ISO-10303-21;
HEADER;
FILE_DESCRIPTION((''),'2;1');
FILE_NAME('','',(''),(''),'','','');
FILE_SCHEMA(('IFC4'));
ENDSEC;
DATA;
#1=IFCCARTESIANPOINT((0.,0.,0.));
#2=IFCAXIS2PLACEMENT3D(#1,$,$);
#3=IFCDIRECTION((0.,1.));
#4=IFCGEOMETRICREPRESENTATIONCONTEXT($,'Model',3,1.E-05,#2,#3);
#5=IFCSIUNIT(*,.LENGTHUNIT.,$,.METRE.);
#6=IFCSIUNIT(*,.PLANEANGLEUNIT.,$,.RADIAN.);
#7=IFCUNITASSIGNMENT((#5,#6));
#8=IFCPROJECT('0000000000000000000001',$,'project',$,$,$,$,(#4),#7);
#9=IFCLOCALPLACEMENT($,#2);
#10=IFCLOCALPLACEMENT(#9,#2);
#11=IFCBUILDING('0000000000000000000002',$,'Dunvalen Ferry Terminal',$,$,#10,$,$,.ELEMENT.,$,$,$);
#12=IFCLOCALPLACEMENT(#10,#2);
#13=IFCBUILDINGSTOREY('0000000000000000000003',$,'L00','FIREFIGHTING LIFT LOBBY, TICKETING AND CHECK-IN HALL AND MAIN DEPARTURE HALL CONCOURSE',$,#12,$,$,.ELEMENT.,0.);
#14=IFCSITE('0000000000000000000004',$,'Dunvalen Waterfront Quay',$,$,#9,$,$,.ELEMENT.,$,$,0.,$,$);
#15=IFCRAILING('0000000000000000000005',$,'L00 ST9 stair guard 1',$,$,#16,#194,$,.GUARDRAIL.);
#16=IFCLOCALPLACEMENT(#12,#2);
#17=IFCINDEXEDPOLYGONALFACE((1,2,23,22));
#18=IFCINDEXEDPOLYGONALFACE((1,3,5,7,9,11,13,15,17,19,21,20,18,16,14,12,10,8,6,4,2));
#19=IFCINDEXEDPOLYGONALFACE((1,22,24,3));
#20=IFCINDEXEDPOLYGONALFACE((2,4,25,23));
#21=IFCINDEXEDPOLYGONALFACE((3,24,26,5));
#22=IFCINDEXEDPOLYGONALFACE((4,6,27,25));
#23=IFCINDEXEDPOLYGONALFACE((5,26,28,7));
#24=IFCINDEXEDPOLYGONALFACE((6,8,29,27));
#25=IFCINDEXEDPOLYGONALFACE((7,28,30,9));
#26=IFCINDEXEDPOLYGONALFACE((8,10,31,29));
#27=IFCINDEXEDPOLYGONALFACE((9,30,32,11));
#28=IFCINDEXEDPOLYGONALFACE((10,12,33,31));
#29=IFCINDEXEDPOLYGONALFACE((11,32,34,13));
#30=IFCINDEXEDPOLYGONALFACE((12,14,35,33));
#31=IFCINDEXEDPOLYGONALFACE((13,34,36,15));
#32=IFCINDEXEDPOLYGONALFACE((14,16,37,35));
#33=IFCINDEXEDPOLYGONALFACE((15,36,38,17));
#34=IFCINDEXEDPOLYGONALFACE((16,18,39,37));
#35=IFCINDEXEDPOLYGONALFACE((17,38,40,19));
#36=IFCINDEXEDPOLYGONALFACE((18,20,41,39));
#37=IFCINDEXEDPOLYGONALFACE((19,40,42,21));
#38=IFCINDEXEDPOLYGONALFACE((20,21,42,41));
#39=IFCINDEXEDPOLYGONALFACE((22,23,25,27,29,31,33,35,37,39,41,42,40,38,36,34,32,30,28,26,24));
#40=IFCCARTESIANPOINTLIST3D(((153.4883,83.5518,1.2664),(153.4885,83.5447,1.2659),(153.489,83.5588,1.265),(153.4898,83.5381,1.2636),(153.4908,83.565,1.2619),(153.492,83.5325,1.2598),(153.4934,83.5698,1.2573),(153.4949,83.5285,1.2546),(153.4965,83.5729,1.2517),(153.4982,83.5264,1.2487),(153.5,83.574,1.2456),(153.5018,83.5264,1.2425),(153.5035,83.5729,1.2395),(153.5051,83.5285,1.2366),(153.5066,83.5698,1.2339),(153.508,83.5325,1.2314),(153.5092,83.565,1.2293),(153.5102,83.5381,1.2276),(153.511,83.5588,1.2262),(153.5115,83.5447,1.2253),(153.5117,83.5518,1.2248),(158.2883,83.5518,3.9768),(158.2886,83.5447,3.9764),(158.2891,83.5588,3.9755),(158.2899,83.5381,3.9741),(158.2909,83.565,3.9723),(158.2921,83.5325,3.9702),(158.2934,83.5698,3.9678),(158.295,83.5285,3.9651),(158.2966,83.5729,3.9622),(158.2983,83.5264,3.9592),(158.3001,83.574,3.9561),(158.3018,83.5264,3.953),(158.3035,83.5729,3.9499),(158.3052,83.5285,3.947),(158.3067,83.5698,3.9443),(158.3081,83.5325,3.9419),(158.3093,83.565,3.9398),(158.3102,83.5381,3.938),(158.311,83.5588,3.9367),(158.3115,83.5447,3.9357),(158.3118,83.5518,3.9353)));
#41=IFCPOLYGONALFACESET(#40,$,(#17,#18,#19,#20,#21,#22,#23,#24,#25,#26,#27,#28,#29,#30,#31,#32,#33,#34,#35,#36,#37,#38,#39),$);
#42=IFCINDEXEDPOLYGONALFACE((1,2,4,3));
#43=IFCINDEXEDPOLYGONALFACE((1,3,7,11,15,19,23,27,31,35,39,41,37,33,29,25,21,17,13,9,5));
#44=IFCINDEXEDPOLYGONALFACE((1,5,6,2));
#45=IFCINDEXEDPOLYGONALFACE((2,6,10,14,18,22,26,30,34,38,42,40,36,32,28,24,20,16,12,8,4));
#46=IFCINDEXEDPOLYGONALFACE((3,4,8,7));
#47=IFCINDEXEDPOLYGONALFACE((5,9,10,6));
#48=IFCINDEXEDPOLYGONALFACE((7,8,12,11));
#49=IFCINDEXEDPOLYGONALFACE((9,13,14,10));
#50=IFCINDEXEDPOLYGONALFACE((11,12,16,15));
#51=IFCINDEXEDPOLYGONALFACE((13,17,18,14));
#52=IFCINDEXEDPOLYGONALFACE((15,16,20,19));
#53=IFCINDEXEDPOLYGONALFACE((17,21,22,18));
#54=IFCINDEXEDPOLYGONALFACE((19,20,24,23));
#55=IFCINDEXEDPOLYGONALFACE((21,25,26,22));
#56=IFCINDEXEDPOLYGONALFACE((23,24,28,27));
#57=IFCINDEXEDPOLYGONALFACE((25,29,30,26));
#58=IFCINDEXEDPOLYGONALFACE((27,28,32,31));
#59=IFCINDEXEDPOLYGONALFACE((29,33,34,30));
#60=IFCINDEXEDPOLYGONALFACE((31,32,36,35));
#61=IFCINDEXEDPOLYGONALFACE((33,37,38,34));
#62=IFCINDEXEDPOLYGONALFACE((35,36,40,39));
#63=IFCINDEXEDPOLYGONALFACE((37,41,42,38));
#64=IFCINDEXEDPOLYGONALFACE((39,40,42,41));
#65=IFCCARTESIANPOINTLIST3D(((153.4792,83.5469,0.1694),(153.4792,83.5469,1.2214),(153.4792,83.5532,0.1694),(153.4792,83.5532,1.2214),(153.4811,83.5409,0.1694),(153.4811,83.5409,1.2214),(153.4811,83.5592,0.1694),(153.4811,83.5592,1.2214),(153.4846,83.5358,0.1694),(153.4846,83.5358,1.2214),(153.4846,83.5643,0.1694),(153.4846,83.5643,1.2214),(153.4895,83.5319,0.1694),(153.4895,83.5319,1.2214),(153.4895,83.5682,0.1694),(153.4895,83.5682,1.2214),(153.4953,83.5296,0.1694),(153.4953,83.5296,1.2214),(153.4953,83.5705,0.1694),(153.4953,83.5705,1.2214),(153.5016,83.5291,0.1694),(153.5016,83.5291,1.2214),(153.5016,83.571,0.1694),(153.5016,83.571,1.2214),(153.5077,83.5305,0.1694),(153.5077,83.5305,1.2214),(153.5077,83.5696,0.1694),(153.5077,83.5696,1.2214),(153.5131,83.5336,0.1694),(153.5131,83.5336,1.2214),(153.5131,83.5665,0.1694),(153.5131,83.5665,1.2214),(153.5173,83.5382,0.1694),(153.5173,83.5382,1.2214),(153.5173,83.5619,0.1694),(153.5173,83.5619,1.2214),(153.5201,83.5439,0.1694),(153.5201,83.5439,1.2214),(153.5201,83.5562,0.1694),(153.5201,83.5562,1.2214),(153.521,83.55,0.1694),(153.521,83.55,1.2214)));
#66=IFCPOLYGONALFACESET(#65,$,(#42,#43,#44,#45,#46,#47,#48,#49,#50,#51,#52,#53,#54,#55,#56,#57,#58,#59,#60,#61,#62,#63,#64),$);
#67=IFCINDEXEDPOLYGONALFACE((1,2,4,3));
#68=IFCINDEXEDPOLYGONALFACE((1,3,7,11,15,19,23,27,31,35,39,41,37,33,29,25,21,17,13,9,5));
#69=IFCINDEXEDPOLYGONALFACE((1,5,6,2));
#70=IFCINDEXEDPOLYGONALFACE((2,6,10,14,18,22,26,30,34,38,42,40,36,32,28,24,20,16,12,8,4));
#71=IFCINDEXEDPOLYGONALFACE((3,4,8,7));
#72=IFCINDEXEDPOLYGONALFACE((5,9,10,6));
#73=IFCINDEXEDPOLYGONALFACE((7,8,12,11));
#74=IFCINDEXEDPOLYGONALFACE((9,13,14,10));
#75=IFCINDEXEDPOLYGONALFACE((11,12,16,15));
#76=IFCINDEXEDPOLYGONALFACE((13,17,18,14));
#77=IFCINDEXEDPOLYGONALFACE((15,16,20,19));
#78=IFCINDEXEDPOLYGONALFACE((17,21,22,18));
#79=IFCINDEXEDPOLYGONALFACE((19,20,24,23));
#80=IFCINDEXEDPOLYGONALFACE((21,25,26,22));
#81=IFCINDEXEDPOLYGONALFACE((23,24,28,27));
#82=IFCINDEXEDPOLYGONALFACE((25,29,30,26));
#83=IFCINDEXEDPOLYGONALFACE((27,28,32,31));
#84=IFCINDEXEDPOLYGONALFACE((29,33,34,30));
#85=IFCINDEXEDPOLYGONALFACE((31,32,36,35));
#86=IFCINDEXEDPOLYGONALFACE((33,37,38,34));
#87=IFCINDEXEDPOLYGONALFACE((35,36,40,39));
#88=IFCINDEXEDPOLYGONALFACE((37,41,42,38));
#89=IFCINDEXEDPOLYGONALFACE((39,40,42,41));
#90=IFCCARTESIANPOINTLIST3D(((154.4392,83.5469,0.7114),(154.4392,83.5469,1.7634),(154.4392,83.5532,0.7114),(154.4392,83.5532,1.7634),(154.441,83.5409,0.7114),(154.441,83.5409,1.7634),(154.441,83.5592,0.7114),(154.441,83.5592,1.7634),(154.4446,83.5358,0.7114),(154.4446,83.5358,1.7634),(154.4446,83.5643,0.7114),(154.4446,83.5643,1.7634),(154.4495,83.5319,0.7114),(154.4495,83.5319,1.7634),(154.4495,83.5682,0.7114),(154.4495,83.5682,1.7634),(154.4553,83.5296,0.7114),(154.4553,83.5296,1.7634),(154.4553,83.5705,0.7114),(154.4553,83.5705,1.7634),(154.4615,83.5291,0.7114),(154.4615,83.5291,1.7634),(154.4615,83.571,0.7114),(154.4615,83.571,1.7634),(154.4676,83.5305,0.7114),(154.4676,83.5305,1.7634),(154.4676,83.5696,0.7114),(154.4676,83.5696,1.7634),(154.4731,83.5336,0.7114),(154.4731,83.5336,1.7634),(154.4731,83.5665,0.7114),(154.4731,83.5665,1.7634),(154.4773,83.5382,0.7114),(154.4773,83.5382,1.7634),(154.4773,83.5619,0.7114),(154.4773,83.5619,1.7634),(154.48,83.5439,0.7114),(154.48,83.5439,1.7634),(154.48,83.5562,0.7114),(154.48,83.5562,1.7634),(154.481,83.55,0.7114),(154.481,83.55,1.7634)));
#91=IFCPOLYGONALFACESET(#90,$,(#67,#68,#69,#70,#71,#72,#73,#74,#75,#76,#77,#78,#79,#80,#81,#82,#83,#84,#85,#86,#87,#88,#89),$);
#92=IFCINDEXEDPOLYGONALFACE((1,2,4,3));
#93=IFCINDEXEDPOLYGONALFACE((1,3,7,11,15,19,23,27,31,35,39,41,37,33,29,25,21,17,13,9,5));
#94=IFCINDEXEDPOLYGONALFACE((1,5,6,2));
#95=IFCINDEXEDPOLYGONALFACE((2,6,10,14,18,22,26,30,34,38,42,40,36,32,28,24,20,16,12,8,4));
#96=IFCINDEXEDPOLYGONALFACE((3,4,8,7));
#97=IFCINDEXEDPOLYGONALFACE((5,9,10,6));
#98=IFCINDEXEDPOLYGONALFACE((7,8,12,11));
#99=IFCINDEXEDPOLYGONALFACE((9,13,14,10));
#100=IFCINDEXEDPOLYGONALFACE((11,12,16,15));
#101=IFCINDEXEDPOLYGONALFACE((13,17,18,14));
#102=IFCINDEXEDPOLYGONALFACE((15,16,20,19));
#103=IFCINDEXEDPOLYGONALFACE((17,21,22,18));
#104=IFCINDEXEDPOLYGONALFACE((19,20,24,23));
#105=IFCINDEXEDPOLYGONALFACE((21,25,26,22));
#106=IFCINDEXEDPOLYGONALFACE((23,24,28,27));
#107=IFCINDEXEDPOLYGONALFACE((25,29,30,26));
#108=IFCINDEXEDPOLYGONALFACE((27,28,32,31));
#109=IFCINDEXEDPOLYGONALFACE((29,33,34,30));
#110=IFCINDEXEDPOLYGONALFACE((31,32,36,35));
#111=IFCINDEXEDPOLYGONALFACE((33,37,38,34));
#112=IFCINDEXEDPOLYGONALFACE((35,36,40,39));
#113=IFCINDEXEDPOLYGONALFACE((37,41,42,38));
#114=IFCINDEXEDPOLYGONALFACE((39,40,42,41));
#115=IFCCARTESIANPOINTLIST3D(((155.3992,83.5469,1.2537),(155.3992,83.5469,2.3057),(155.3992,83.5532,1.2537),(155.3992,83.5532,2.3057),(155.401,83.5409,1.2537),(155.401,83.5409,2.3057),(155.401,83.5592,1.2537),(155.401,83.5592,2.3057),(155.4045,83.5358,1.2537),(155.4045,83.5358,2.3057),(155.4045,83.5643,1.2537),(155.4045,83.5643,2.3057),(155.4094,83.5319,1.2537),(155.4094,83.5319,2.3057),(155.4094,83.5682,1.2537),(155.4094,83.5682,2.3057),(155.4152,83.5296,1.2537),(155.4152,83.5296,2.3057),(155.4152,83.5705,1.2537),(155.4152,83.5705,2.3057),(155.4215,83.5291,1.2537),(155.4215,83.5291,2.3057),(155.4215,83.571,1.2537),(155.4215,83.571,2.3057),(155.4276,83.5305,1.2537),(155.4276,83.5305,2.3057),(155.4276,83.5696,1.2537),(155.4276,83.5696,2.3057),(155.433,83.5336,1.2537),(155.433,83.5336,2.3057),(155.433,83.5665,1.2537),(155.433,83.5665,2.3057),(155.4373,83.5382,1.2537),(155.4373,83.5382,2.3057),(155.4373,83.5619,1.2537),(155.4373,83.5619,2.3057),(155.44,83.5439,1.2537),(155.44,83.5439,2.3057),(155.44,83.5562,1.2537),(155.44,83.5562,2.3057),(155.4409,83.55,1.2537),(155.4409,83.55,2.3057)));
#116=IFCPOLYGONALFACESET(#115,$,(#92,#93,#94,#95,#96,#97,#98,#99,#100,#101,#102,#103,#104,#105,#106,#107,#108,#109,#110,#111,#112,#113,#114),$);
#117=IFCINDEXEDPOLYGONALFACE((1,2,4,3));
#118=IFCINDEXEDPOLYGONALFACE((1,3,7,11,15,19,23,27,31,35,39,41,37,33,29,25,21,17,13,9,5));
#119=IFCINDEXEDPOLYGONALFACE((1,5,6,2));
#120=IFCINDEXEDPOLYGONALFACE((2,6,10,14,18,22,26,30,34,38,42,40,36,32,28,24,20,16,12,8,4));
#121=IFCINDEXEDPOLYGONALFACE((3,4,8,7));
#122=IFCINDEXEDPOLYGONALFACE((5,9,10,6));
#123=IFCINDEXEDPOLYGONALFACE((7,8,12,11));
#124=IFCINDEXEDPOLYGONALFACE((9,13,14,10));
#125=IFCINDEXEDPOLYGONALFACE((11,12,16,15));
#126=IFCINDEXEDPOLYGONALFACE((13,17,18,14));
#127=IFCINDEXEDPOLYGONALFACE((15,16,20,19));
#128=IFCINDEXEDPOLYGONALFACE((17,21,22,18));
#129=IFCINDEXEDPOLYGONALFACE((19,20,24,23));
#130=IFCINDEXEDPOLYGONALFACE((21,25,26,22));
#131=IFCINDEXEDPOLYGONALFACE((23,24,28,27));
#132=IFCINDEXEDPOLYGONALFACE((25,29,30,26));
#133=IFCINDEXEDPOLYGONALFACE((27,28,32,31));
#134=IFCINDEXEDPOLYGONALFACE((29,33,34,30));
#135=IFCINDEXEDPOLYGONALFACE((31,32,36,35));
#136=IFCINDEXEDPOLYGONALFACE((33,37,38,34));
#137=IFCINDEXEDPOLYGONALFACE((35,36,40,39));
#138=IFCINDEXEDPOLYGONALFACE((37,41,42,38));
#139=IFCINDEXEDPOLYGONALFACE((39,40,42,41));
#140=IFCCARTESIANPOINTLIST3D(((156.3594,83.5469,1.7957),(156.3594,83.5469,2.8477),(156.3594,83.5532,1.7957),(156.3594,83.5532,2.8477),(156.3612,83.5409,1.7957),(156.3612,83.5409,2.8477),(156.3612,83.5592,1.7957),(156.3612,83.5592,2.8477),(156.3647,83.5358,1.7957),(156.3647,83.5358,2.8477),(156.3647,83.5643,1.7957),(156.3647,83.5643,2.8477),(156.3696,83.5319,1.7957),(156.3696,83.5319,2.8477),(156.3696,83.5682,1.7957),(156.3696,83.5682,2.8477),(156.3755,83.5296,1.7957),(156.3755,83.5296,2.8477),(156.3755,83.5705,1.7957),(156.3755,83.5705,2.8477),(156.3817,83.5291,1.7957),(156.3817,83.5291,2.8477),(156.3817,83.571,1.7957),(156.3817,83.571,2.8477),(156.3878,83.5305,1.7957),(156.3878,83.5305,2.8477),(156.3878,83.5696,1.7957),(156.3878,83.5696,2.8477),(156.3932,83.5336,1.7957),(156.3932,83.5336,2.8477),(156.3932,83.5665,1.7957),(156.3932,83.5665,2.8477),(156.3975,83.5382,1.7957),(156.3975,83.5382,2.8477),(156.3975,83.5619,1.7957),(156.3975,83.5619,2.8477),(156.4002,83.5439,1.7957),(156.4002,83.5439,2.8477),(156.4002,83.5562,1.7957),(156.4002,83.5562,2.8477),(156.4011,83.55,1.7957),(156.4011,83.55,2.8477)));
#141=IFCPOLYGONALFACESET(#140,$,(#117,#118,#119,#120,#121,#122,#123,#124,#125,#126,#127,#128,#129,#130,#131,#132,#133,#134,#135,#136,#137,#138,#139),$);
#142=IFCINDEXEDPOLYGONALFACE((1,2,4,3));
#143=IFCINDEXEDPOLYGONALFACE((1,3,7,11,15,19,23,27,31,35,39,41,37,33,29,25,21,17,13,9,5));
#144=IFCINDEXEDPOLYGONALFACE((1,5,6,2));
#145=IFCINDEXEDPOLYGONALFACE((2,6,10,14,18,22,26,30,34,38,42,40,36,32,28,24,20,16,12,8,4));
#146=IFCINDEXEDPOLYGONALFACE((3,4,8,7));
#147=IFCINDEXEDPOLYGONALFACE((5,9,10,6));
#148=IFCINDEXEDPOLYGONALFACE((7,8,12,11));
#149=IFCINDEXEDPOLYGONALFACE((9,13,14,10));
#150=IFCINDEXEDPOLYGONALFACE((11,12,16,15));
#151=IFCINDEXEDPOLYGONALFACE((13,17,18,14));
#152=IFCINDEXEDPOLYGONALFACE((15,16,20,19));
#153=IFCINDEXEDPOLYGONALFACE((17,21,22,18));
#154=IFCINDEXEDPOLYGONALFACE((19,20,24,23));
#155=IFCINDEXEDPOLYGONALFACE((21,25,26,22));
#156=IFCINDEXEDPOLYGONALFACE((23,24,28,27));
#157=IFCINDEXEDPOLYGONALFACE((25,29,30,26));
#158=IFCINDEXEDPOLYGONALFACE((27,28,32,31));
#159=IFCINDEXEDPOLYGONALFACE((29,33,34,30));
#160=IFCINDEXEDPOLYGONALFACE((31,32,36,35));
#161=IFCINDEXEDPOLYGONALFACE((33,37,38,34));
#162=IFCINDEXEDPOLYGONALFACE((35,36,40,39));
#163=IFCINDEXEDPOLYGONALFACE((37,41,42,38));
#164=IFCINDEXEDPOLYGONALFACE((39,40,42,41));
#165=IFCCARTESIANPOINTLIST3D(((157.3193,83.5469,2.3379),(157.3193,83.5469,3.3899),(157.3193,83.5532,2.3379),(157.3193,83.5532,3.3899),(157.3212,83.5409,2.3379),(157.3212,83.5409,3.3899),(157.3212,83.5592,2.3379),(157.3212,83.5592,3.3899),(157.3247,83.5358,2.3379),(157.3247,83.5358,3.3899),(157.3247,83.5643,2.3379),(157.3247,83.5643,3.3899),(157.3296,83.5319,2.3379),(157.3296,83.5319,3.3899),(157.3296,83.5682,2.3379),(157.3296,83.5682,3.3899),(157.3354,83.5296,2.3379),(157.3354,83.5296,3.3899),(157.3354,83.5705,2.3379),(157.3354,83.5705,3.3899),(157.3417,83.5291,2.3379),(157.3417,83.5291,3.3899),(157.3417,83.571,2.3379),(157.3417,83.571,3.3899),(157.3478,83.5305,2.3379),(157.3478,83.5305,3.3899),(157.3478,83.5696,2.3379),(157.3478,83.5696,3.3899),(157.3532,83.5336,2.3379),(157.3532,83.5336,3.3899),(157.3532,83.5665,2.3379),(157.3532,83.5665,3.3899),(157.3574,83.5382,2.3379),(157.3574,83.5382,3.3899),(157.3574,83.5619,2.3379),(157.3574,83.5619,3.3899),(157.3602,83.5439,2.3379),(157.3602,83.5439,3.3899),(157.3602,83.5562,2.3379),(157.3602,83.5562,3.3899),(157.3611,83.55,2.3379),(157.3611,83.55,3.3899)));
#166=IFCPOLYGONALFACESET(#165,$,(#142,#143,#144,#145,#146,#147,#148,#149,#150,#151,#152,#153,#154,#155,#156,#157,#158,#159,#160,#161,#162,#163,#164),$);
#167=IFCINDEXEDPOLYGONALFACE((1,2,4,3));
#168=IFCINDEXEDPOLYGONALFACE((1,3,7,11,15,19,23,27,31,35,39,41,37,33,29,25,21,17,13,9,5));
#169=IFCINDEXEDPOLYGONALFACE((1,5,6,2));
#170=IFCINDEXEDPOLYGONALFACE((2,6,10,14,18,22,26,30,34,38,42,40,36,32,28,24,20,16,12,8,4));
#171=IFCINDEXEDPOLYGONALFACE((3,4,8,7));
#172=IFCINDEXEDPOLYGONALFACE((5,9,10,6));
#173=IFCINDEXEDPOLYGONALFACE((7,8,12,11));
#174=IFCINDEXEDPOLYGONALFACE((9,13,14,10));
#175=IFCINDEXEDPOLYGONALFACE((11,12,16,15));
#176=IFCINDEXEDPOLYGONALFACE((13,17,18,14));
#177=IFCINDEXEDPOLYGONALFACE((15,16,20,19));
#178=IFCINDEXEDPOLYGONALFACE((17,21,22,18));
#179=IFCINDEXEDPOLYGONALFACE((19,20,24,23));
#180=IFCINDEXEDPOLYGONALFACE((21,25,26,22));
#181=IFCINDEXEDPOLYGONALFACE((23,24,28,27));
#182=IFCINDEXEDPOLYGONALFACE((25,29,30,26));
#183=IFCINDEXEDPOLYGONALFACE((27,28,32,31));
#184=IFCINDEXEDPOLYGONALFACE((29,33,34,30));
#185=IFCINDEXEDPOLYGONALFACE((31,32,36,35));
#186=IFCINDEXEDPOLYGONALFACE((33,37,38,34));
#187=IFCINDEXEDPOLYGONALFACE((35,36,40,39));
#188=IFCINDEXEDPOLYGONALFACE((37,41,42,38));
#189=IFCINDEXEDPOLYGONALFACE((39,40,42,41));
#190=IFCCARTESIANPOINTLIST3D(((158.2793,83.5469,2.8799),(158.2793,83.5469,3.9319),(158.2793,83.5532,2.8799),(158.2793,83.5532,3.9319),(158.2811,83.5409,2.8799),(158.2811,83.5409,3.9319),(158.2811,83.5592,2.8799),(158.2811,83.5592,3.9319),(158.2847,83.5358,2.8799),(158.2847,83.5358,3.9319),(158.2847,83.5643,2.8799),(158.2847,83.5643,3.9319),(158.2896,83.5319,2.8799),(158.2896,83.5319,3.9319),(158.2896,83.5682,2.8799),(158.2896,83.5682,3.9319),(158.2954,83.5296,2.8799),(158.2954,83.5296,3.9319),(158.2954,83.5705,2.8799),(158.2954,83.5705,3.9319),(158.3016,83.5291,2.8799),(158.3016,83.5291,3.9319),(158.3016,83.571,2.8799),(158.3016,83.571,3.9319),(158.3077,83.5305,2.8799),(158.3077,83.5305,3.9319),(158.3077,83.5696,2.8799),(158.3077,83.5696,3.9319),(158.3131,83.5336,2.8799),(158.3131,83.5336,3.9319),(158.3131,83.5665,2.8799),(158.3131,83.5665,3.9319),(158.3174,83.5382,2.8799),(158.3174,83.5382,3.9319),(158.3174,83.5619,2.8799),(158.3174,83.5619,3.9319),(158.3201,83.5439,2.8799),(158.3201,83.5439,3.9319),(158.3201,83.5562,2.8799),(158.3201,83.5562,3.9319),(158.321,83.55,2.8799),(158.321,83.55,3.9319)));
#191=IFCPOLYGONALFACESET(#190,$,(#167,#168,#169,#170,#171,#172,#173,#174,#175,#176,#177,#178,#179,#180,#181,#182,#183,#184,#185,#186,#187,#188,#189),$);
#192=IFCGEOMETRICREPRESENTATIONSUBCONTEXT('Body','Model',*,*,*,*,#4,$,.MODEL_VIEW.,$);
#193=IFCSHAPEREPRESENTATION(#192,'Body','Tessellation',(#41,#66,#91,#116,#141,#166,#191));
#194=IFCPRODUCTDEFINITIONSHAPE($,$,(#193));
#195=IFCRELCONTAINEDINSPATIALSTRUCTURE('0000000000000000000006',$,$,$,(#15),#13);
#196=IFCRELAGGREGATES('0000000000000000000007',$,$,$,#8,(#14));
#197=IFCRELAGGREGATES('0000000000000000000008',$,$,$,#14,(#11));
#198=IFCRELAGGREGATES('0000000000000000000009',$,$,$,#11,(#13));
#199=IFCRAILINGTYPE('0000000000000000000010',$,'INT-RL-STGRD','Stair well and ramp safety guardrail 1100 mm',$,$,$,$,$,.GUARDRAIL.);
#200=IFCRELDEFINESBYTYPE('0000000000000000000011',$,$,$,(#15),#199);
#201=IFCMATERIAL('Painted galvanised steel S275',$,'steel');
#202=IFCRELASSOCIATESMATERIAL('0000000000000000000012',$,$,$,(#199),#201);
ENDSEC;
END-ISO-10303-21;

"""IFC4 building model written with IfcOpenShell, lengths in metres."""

from ifc_helpers import new_model, si_unit, direction, frame, origin, origin_2d, place, context, subcontext, project, spatial, circle, extrude, material, type_object, element, save


model = new_model("IFC4")

# Units and contexts
model_context = context("Model", 3, precision=1e-05, world=origin(), true_north=direction((0.0, 1.0)))
body_context = subcontext(model_context, "Body", "Model", "MODEL_VIEW")
ifc_project = project(units=[si_unit("LENGTHUNIT", "METRE"), si_unit("PLANEANGLEUNIT", "RADIAN")], contexts=[model_context])

# Site, building, storey
site_placement = place(None, origin())
site = spatial("IfcSite", under=ifc_project, at=site_placement, Name="Dunvalen Waterfront Quay", CompositionType="ELEMENT", RefElevation=0.0)
building_placement = place(site_placement, origin())
building = spatial("IfcBuilding", under=site, at=building_placement, Name="Dunvalen Ferry Terminal", CompositionType="ELEMENT")
storey_placement = place(building_placement, origin())
storey = spatial("IfcBuildingStorey", under=building, at=storey_placement, Name="L00", Description="FIREFIGHTING LIFT LOBBY, TICKETING AND CHECK-IN HALL AND MAIN DEPARTURE HALL CONCOURSE", CompositionType="ELEMENT", Elevation=0.0)

# Railing
ifc_material_1 = material(Name="Painted galvanised steel S275", Category="steel")
railing_type_1 = type_object("IfcRailingType", Name="INT-RL-STGRD", Description="Stair well and ramp safety guardrail 1100 mm", PredefinedType="GUARDRAIL", material=ifc_material_1)
railing_1_placement = place(storey_placement, frame((153.5, 83.55, 0.1694)))
element("IfcRailing", 1, at=railing_1_placement, inside=storey, type_object=railing_type_1, Name="L00 ST9 stair guard 1", PredefinedType="GUARDRAIL", context=body_context, shape_type="SweptSolid", body=[
    extrude(circle(Radius=0.0239, at=origin_2d()), frame((0.0, 0.0, 1.0762), z_axis=(0.870767, 0.0, 0.491697), x_axis=(0.0, 1.0, 0.0)), (0.0, 0.0, 1.0), 5.5125),
    extrude(circle(Radius=0.021, at=origin_2d()), origin(), (0.0, 0.0, 1.0), 1.052),
    extrude(circle(Radius=0.021, at=origin_2d()), frame((0.96, 0.0, 0.542)), (0.0, 0.0, 1.0), 1.052),
    extrude(circle(Radius=0.021, at=origin_2d()), frame((1.9199, 0.0, 1.0842)), (0.0, 0.0, 1.0), 1.052),
    extrude(circle(Radius=0.021, at=origin_2d()), frame((2.8801, 0.0, 1.6262)), (0.0, 0.0, 1.0), 1.052),
    extrude(circle(Radius=0.021, at=origin_2d()), frame((3.8401, 0.0, 2.1685)), (0.0, 0.0, 1.0), 1.052),
    extrude(circle(Radius=0.021, at=origin_2d()), frame((4.8, 0.0, 2.7104)), (0.0, 0.0, 1.0), 1.052),
])

save(model, "model.ifc")
